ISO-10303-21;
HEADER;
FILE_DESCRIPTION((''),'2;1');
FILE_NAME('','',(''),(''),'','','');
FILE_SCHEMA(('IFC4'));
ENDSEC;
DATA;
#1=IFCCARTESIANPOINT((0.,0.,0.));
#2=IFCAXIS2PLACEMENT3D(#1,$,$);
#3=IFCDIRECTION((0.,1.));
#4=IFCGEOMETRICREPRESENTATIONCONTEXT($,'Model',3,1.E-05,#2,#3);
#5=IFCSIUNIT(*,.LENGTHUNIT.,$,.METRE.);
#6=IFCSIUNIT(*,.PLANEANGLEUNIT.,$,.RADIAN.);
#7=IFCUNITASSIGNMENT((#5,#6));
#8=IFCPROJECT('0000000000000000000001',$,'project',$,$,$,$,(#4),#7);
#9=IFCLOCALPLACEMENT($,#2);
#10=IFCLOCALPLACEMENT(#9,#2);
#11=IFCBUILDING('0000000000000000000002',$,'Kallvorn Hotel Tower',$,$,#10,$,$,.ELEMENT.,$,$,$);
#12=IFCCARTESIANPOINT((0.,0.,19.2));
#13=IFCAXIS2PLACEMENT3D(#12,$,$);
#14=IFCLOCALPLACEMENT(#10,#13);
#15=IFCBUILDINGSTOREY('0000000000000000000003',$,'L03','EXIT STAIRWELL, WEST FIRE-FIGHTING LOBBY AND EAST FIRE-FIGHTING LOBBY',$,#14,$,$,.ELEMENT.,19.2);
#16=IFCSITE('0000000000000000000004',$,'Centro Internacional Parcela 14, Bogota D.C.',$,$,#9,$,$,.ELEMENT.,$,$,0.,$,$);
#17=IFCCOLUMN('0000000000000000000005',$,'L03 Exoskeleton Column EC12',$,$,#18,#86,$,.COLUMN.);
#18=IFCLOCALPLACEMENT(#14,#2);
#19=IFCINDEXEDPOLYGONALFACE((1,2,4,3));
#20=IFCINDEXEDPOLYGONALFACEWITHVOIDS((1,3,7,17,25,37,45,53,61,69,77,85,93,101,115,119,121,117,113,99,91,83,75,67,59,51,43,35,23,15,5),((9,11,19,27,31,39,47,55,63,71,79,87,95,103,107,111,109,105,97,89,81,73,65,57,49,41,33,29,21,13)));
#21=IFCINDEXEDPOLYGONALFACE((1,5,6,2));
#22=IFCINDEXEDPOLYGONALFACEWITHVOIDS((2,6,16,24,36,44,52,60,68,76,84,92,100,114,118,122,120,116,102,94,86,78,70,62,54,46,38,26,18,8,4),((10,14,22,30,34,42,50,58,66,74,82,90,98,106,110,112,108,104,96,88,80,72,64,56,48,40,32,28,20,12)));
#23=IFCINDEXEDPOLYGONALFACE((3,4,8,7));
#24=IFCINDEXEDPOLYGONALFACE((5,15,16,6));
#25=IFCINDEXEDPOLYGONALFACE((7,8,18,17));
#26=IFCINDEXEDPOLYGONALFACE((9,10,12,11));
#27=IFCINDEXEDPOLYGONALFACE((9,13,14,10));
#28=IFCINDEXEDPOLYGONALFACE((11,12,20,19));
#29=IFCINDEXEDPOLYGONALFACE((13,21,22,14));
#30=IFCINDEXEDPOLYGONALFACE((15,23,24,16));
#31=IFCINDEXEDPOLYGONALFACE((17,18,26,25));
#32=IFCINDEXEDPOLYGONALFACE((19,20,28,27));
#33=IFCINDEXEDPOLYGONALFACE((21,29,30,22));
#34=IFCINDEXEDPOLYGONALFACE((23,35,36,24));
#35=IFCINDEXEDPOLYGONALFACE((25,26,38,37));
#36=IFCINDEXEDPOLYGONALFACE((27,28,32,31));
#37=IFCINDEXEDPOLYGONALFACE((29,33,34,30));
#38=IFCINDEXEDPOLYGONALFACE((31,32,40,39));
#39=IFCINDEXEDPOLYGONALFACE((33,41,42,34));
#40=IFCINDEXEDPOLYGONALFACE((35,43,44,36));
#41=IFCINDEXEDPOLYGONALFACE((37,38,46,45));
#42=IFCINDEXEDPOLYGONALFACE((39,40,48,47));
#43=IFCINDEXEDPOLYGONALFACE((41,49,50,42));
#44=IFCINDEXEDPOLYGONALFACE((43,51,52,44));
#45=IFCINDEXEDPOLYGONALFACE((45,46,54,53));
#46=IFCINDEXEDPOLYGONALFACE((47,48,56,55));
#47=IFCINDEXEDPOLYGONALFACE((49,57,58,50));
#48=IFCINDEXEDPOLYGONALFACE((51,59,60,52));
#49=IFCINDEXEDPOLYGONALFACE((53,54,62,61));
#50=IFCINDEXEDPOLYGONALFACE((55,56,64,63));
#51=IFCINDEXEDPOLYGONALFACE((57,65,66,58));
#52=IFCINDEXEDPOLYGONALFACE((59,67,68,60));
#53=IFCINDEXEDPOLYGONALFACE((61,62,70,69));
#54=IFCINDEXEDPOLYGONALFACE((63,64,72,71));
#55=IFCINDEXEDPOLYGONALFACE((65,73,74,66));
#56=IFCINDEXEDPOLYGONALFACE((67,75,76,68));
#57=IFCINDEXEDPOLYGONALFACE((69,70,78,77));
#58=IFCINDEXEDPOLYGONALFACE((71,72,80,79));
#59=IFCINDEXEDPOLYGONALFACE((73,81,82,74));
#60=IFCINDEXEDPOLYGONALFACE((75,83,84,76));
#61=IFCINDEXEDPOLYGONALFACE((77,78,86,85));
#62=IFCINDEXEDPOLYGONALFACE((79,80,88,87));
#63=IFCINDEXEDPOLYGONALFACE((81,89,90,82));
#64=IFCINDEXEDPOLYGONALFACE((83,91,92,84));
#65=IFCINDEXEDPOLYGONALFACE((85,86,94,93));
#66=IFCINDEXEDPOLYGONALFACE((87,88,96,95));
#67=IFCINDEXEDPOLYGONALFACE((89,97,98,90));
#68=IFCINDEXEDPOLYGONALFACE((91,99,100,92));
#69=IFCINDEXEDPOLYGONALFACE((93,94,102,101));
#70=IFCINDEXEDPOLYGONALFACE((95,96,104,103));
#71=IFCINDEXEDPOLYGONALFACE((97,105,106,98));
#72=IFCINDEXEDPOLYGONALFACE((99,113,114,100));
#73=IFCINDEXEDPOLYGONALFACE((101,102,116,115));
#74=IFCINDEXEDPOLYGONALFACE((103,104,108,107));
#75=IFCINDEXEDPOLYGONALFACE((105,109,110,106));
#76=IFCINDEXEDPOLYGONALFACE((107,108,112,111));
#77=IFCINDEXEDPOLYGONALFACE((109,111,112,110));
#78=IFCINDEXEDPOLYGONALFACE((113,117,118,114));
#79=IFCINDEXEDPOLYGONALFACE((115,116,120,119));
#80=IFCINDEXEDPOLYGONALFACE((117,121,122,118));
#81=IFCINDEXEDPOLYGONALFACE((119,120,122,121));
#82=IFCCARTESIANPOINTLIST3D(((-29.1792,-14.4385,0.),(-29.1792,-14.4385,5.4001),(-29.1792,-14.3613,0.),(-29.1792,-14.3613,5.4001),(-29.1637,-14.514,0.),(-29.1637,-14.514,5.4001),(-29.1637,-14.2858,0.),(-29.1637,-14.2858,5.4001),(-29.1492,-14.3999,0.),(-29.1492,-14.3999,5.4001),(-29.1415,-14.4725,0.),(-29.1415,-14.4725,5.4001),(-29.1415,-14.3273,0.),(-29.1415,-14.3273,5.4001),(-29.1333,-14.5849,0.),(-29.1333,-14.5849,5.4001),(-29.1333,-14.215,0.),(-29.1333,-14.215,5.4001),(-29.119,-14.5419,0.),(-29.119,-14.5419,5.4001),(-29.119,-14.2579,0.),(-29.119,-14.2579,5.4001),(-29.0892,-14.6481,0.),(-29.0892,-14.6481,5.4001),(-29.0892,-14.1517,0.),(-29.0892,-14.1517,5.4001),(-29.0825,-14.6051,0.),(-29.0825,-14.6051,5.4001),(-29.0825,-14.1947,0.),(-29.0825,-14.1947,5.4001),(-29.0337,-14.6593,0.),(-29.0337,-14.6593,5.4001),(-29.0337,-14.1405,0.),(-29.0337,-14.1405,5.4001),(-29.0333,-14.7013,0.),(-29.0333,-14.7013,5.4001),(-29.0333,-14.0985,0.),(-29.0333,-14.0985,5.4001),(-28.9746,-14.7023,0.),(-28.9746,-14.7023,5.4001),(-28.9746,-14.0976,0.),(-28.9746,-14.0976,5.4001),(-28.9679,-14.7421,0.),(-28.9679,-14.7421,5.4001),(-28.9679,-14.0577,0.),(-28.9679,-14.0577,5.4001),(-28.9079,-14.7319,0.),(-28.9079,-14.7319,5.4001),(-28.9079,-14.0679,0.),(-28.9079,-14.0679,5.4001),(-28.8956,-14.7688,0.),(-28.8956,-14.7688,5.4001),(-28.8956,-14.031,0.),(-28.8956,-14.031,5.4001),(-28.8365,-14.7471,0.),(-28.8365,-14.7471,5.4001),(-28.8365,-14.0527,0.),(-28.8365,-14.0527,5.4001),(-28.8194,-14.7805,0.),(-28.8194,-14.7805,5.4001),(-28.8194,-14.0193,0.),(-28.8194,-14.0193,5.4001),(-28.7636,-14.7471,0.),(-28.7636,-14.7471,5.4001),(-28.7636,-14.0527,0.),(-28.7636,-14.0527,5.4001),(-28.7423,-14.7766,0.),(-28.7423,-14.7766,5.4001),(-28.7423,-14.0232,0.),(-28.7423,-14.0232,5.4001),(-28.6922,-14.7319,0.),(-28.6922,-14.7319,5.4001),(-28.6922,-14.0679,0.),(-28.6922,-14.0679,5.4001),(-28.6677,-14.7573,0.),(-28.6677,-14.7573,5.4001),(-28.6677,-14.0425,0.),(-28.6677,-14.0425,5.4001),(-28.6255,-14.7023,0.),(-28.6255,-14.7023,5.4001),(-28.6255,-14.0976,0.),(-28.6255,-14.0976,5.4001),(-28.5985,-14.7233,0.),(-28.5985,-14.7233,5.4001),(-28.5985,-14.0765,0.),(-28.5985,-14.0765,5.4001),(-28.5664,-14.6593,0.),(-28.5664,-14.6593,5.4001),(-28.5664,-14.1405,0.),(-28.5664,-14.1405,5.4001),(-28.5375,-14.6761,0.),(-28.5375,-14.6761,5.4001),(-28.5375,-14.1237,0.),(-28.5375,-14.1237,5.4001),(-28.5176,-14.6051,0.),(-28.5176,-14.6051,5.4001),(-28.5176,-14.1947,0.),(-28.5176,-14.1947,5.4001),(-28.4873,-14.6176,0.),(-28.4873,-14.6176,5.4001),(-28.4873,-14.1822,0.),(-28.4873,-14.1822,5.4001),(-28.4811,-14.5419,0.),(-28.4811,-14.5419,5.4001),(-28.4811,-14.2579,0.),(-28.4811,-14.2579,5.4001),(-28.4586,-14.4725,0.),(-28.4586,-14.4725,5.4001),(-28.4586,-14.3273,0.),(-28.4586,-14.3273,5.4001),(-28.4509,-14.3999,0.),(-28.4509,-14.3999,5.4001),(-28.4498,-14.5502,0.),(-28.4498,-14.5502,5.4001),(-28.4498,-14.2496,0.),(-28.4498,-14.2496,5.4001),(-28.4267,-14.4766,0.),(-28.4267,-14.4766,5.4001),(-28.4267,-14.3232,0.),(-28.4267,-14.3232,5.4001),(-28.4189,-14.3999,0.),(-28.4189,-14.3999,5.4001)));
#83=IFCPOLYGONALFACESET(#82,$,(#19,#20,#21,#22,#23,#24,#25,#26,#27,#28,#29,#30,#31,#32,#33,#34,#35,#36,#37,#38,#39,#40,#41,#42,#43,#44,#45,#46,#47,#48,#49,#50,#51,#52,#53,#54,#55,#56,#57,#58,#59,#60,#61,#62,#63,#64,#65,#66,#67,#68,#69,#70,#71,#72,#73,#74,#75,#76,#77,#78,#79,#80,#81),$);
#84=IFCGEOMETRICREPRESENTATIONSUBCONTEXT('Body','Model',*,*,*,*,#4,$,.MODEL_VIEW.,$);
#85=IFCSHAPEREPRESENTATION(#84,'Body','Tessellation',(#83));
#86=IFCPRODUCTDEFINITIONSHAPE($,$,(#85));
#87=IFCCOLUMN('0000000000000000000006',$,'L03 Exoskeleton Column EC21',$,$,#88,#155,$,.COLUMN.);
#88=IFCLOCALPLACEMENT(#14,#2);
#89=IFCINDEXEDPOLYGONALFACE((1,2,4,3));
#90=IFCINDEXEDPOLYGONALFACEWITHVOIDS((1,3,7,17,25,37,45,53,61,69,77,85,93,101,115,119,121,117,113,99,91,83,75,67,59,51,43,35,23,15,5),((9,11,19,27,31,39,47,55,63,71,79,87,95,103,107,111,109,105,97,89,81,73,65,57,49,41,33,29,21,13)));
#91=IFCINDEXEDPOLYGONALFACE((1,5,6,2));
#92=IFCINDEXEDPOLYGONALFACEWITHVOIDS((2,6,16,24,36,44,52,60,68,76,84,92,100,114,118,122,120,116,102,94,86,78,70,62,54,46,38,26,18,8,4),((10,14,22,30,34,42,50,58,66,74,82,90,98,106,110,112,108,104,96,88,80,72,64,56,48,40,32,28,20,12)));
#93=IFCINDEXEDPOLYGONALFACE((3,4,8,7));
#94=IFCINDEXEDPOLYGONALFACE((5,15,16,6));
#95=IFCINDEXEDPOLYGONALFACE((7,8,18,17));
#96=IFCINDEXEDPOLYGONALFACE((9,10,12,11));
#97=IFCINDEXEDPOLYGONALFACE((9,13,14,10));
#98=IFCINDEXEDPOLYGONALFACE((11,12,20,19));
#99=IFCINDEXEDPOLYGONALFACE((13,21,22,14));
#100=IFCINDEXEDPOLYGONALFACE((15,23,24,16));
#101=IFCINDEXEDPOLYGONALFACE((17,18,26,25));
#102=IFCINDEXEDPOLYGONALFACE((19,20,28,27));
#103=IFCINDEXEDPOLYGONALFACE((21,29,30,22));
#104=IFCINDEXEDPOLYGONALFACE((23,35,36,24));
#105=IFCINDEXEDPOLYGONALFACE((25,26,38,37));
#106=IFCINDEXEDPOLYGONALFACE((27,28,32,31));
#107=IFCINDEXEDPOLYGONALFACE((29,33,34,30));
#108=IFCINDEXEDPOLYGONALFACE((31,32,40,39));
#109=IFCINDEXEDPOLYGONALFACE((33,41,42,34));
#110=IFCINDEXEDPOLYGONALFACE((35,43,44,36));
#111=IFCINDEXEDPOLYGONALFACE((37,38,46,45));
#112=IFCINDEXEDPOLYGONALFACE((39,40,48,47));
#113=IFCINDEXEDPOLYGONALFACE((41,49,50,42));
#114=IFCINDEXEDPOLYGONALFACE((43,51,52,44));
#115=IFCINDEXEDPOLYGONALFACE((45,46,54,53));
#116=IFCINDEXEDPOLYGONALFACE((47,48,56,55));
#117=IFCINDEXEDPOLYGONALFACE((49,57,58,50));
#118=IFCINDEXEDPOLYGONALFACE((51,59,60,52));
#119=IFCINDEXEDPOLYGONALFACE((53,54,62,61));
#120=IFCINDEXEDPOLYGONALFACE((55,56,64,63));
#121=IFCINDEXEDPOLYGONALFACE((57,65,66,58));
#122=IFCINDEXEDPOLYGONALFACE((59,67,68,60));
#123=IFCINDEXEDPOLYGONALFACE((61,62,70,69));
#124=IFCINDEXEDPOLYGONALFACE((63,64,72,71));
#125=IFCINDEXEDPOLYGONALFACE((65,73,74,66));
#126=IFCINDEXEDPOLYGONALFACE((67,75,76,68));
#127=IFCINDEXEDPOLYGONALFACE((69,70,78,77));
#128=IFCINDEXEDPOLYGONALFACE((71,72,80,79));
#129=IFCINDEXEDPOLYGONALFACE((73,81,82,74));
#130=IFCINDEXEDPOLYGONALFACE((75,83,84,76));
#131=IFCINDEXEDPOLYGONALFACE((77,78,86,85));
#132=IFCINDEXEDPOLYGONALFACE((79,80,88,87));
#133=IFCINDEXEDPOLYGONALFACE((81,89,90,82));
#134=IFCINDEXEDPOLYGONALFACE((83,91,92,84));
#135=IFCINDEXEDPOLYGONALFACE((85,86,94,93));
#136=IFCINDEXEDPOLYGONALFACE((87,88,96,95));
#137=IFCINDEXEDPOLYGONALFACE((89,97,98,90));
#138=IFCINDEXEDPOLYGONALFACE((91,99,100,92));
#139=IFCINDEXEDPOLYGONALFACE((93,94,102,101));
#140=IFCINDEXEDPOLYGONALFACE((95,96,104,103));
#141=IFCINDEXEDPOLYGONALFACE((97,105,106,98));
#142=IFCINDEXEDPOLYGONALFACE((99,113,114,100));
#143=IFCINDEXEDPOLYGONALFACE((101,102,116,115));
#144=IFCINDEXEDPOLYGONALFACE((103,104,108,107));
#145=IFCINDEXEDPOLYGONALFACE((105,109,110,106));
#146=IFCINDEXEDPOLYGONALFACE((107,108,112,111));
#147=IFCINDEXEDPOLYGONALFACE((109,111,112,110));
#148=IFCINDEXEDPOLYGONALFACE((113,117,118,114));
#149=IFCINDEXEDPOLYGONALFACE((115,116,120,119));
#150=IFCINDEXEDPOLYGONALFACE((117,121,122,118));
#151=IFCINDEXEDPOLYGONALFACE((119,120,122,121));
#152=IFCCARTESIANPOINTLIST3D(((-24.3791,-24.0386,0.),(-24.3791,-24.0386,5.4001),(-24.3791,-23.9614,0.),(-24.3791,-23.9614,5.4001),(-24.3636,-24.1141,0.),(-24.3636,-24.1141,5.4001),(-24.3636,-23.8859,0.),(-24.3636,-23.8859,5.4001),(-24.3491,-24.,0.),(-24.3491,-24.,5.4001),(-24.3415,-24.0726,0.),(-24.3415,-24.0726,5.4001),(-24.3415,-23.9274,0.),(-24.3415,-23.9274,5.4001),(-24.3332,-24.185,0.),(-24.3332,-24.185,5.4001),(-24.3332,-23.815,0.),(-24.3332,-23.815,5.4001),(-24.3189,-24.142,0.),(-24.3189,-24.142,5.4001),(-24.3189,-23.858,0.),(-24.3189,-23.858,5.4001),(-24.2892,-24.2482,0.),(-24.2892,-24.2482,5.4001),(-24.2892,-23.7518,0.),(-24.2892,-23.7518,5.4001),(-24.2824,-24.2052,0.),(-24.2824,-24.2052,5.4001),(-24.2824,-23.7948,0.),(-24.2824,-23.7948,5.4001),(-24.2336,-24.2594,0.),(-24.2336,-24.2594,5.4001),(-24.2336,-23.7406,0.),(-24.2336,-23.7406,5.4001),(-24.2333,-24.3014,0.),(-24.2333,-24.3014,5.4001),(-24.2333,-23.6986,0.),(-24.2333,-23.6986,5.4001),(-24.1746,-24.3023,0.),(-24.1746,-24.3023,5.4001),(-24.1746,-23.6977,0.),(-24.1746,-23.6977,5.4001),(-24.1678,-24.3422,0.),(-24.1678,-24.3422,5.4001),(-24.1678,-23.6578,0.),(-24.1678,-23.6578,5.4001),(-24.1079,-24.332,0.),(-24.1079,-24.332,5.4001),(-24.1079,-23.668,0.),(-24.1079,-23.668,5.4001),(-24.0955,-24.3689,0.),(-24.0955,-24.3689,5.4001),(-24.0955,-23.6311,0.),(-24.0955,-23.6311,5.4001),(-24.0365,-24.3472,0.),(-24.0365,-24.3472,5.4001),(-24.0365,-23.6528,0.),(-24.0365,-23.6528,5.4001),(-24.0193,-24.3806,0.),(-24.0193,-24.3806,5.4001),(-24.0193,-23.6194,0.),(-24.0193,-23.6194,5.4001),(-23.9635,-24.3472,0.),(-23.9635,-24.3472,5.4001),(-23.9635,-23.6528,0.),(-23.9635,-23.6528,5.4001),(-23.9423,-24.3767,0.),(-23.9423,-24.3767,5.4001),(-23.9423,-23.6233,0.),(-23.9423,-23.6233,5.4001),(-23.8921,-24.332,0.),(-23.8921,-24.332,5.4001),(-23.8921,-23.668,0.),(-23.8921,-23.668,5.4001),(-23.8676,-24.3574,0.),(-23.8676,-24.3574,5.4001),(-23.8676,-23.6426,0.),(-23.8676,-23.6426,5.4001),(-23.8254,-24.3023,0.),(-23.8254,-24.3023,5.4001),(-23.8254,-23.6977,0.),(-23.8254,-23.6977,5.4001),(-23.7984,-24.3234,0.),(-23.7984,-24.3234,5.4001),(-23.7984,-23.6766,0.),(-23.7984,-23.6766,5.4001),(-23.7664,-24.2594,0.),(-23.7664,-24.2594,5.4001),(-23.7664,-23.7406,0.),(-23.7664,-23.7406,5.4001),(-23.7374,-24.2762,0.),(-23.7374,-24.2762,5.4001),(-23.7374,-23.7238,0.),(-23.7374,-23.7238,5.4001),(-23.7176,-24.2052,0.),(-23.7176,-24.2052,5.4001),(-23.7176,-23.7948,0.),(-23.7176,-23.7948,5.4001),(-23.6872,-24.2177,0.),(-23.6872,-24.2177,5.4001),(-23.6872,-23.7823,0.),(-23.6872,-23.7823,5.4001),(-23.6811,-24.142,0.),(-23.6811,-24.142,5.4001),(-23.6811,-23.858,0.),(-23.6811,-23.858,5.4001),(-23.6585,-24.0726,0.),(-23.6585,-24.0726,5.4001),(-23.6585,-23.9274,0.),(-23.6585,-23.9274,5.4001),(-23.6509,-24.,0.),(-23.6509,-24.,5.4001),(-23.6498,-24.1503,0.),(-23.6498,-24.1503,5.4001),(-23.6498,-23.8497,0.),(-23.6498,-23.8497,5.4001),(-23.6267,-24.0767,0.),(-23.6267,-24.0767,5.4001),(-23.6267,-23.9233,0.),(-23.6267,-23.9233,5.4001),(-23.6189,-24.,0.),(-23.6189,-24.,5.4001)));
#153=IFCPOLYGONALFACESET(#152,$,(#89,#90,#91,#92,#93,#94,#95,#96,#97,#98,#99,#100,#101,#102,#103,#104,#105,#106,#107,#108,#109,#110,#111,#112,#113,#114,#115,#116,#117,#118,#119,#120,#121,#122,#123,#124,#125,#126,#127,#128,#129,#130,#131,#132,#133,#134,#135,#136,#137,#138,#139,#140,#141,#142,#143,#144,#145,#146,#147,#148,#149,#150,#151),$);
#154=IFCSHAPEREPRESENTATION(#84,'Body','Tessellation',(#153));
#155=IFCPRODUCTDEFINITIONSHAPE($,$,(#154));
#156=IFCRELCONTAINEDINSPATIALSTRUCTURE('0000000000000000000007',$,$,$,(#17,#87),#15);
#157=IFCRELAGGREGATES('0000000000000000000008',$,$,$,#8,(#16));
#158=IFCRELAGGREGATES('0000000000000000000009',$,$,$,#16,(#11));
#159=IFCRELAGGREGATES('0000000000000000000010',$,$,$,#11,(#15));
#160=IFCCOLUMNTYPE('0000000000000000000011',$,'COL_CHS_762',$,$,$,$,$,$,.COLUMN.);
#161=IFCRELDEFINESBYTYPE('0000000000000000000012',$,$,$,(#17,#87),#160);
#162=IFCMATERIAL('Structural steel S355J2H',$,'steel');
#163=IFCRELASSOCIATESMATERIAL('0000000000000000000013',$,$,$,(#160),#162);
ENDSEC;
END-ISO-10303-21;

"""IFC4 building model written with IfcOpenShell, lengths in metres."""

from ifc_helpers import new_model, si_unit, direction, frame, origin, origin_2d, place, context, subcontext, project, spatial, hollow_circle, extrude, material, material_profile, profile_set, type_object, element, save


model = new_model("IFC4")

# Units and contexts
model_context = context("Model", 3, precision=1e-05, world=origin(), true_north=direction((0.0, 1.0)))
body_context = subcontext(model_context, "Body", "Model", "MODEL_VIEW")
ifc_project = project(units=[si_unit("LENGTHUNIT", "METRE"), si_unit("PLANEANGLEUNIT", "RADIAN")], contexts=[model_context])

# Site, building, storey
site_placement = place(None, origin())
site = spatial("IfcSite", under=ifc_project, at=site_placement, Name="Centro Internacional Parcela 14, Bogota D.C.", CompositionType="ELEMENT", RefElevation=0.0)
building_placement = place(site_placement, origin())
building = spatial("IfcBuilding", under=site, at=building_placement, Name="Kallvorn Hotel Tower", CompositionType="ELEMENT")
storey_placement = place(building_placement, frame((0.0, 0.0, 19.2)))
storey = spatial("IfcBuildingStorey", under=building, at=storey_placement, Name="L03", Description="EXIT STAIRWELL, WEST FIRE-FIGHTING LOBBY AND EAST FIRE-FIGHTING LOBBY", CompositionType="ELEMENT", Elevation=19.2)

# Columns
ifc_material_1 = material(Name="Structural steel S355J2H", Category="steel")
ifc_material_profile_1 = material_profile(ifc_material_1, hollow_circle(Radius=0.3811, WallThickness=0.032, at=origin_2d()), Name="CHS 762x32")
ifc_profile_set_1 = profile_set([ifc_material_profile_1], Name="Structural steel S355J2H")
column_type_1 = type_object("IfcColumnType", Name="COL_CHS_762", PredefinedType="COLUMN", material=ifc_profile_set_1)
for number, where, z_axis, x_axis, name in (
    (1, (-28.8, -14.3999, 0.0), (0.0, 0.0, 1.0), (1.0, 0.0, 0.0), "L03 Exoskeleton Column EC12"),
    (2, (-24.0, -24.0, 0.0), (0.0, 0.0, 1.0), (1.0, 0.0, 0.0), "L03 Exoskeleton Column EC21"),
):
    element("IfcColumn", number, at=place(storey_placement, frame(where, z_axis=z_axis, x_axis=x_axis)), inside=storey, type_object=column_type_1, Name=name, PredefinedType="COLUMN", context=body_context, shape_type="SweptSolid", body=[
        extrude(hollow_circle(Radius=0.3811, WallThickness=0.032, at=origin_2d()), origin(), (0.0, 0.0, 1.0), 5.4001),
    ])

save(model, "model.ifc")
